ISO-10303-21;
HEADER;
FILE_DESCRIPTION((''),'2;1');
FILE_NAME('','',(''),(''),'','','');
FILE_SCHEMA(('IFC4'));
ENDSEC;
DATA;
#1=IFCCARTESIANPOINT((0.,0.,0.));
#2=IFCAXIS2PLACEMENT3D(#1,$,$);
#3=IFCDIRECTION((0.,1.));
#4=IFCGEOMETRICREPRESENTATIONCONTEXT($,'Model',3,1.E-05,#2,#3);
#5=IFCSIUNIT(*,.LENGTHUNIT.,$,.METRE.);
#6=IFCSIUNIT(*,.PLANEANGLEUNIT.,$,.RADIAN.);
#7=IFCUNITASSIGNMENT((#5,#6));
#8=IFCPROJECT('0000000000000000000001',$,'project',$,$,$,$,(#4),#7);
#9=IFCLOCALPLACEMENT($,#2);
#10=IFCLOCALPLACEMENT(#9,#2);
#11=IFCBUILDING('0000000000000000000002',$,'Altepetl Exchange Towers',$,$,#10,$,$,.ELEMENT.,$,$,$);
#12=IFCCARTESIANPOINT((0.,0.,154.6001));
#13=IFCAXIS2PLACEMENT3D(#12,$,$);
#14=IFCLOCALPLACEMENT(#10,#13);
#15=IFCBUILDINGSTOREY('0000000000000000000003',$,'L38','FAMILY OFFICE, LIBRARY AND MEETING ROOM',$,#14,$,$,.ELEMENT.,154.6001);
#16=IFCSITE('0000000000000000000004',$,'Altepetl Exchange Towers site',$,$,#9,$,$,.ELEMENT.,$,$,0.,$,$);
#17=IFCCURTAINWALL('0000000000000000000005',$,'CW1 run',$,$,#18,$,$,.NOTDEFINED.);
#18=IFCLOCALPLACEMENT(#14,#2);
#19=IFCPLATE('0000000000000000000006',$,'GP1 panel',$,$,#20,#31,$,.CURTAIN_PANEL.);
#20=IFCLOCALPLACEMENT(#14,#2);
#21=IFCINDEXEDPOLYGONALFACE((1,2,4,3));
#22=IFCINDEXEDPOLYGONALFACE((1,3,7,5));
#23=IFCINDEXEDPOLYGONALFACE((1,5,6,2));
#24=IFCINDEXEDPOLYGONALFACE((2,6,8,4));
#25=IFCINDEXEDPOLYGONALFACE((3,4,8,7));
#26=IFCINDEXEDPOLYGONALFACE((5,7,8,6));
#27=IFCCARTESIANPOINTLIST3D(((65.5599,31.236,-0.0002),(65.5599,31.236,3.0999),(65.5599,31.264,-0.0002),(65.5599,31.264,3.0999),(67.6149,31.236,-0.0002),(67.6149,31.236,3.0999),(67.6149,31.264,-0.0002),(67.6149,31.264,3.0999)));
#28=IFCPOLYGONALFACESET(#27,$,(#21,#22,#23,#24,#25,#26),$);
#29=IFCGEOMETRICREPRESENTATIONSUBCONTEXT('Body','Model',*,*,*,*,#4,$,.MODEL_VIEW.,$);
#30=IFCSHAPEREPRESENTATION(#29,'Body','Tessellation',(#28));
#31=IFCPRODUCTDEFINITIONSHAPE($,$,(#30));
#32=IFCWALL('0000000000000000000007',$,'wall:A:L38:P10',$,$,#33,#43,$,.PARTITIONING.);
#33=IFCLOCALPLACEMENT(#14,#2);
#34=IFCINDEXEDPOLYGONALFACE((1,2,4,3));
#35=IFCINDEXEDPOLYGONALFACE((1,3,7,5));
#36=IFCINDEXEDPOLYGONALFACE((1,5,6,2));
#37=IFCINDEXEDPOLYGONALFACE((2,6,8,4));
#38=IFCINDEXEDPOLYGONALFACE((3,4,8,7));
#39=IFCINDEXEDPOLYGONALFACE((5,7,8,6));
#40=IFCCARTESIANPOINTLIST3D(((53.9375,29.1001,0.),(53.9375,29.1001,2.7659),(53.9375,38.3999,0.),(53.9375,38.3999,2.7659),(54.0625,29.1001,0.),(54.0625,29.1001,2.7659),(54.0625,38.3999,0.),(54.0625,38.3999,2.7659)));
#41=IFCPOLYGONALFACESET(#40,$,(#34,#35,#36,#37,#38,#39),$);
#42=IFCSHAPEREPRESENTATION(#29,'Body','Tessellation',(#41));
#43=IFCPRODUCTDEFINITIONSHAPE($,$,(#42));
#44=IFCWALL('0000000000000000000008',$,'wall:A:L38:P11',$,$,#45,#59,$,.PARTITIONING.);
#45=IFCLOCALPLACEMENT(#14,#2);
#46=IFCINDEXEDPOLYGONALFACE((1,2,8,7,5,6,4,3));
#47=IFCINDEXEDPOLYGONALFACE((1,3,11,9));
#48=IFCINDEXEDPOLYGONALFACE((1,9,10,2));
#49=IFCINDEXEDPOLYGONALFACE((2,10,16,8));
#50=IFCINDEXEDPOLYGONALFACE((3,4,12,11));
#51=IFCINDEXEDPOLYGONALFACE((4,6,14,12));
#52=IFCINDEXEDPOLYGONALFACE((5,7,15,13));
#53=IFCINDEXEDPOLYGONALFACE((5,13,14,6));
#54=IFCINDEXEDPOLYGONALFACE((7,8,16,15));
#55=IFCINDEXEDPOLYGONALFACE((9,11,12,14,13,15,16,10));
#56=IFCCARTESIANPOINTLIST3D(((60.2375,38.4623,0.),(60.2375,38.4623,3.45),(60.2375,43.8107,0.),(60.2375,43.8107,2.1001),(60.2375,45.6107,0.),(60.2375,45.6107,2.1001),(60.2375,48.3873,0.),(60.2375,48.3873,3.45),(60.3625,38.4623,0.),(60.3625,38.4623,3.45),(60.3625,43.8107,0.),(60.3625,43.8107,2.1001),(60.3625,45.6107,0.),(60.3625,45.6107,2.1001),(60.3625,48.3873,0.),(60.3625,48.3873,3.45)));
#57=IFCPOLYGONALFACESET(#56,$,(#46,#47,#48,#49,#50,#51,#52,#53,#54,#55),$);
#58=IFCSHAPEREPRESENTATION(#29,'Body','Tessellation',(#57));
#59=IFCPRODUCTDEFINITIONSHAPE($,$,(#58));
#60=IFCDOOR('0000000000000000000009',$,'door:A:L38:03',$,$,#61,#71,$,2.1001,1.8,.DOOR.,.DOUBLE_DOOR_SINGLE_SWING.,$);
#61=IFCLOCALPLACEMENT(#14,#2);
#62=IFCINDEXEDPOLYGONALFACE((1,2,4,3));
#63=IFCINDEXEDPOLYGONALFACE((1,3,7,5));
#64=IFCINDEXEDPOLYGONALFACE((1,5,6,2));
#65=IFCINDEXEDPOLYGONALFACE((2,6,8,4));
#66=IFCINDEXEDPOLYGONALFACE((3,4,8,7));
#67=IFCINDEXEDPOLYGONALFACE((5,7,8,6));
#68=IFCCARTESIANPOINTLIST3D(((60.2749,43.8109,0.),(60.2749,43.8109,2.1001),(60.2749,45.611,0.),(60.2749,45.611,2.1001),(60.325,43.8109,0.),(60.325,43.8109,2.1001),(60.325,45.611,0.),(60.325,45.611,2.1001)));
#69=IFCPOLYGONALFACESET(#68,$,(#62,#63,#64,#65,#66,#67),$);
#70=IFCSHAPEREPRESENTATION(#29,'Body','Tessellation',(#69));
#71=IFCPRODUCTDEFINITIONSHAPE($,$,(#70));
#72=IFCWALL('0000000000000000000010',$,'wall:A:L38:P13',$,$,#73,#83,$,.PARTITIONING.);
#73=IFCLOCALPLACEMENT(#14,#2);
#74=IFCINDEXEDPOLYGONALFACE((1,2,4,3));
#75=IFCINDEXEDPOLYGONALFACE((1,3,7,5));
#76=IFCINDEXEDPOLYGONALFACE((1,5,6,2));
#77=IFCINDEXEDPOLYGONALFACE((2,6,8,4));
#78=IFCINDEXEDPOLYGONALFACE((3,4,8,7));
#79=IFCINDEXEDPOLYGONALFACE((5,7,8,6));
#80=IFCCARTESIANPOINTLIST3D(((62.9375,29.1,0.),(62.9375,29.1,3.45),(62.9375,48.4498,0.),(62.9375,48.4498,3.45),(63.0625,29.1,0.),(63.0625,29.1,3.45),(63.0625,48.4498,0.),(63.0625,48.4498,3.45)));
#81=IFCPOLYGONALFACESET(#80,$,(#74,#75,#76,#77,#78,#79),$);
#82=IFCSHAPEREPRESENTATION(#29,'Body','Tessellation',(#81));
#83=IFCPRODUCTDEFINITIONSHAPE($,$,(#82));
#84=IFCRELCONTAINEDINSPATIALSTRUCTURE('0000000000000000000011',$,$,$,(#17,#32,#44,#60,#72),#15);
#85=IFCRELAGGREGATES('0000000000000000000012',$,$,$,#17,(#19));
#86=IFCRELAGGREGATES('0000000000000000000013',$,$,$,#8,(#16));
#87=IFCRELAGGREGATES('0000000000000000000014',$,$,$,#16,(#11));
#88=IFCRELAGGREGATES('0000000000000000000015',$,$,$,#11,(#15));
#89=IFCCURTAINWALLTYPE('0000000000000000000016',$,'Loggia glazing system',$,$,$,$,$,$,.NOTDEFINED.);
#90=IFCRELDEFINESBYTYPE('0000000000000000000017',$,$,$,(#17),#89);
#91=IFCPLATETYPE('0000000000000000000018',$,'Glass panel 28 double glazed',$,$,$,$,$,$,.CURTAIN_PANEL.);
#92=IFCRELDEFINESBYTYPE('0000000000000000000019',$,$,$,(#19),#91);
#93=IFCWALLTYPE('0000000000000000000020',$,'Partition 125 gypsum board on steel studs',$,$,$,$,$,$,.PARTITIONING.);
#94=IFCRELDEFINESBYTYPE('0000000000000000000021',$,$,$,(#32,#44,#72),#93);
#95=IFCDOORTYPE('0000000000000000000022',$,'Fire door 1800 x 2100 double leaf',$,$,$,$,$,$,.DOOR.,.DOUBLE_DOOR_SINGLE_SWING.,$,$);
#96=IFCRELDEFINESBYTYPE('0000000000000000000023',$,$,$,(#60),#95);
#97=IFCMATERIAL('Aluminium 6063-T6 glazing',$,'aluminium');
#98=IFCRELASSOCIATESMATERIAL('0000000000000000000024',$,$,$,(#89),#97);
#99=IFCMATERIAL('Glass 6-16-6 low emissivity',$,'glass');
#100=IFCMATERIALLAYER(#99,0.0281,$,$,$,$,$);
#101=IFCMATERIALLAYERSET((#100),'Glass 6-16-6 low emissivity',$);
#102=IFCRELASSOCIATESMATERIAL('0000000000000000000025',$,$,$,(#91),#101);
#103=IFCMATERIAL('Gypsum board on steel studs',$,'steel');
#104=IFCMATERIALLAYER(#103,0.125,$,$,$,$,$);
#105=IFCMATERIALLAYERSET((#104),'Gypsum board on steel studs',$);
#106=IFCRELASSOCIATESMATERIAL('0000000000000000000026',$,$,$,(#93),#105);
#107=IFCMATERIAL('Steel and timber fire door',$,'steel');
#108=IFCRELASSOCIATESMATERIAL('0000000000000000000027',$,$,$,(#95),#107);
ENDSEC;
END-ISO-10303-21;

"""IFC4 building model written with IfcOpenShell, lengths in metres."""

from ifc_helpers import new_model, si_unit, direction, frame, frame_2d, origin, origin_2d, place, context, subcontext, project, spatial, rectangle, extrude, material, layer, layer_set, type_object, element, fill, aggregate, save


model = new_model("IFC4")

# Units and contexts
model_context = context("Model", 3, precision=1e-05, world=origin(), true_north=direction((0.0, 1.0)))
body_context = subcontext(model_context, "Body", "Model", "MODEL_VIEW")
ifc_project = project(units=[si_unit("LENGTHUNIT", "METRE"), si_unit("PLANEANGLEUNIT", "RADIAN")], contexts=[model_context])

# Site, building, storey
site_placement = place(None, origin())
site = spatial("IfcSite", under=ifc_project, at=site_placement, Name="Altepetl Exchange Towers site", CompositionType="ELEMENT", RefElevation=0.0)
building_placement = place(site_placement, origin())
building = spatial("IfcBuilding", under=site, at=building_placement, Name="Altepetl Exchange Towers", CompositionType="ELEMENT")
storey_placement = place(building_placement, frame((0.0, 0.0, 154.6001)))
storey = spatial("IfcBuildingStorey", under=building, at=storey_placement, Name="L38", Description="FAMILY OFFICE, LIBRARY AND MEETING ROOM", CompositionType="ELEMENT", Elevation=154.6001)

# Shared definitions
ifc_material_1 = material(Name="Aluminium 6063-T6 glazing", Category="aluminium")
curtain_wall_type = type_object("IfcCurtainWallType", Name="Loggia glazing system", PredefinedType="NOTDEFINED", material=ifc_material_1)

# Curtain wall
curtain_wall_1_placement = place(storey_placement, origin())
curtain_wall_1 = element("IfcCurtainWall", 1, at=curtain_wall_1_placement, inside=storey, type_object=curtain_wall_type, Name="CW1 run", PredefinedType="NOTDEFINED")

# Plate
ifc_material_2 = material(Name="Glass 6-16-6 low emissivity", Category="glass")
ifc_layer_1 = layer(ifc_material_2, 0.0281)
ifc_layer_set_1 = layer_set([ifc_layer_1], Name="Glass 6-16-6 low emissivity")
plate_type = type_object("IfcPlateType", Name="Glass panel 28 double glazed", PredefinedType="CURTAIN_PANEL", material=ifc_layer_set_1)
plate_1_placement = place(storey_placement, frame((66.5874, 31.25, -0.0002)))
plate_1 = element("IfcPlate", 2, at=plate_1_placement, type_object=plate_type, Name="GP1 panel", PredefinedType="CURTAIN_PANEL", context=body_context, shape_type="SweptSolid", body=[
    extrude(rectangle(XDim=2.0549, YDim=0.0281, at=origin_2d()), origin(), (0.0, 0.0, 1.0), 3.1001),
])
aggregate(curtain_wall_1, [plate_1])

# Wall
ifc_material_3 = material(Name="Gypsum board on steel studs", Category="steel")
ifc_layer_2 = layer(ifc_material_3, 0.125)
ifc_layer_set_2 = layer_set([ifc_layer_2], Name="Gypsum board on steel studs")
wall_type = type_object("IfcWallType", Name="Partition 125 gypsum board on steel studs", PredefinedType="PARTITIONING", material=ifc_layer_set_2)
wall_1_placement = place(storey_placement, frame((54.0, 29.1001, 0.0), z_axis=(0.0, 0.0, 1.0), x_axis=(0.0, 1.0, 0.0)))
element("IfcWall", 3, at=wall_1_placement, inside=storey, type_object=wall_type, Name="wall:A:L38:P10", PredefinedType="PARTITIONING", context=body_context, shape_type="SweptSolid", body=[
    extrude(rectangle(XDim=9.2998, YDim=0.125, at=frame_2d((4.6499, 0.0))), origin(), (0.0, 0.0, 1.0), 2.7659),
])

# Wall, opening, door
wall_2_placement = place(storey_placement, frame((60.3, 38.4624, 0.0), z_axis=(0.0, 0.0, 1.0), x_axis=(0.0, 1.0, 0.0)))
wall_2 = element("IfcWall", 4, at=wall_2_placement, inside=storey, type_object=wall_type, Name="wall:A:L38:P11", PredefinedType="PARTITIONING", context=body_context, shape_type="SweptSolid", body=[
    extrude(rectangle(XDim=9.925, YDim=0.125, at=frame_2d((4.9624, 0.0))), origin(), (0.0, 0.0, 1.0), 3.45),
])
opening_placement = place(wall_2_placement, frame((5.3484, 0.0, 0.0)))
opening = element("IfcOpeningElement", 5, at=opening_placement, cuts=wall_2, PredefinedType="OPENING", context=body_context, shape_type="SweptSolid", body=[
    extrude(rectangle(XDim=1.8, YDim=2.1001, at=frame_2d((0.8999, 1.05))), frame((0.0, 0.0725, 0.0), z_axis=(0.0, -1.0, 0.0), x_axis=(1.0, 0.0, 0.0)), (0.0, 0.0, 1.0), 0.145),
])
ifc_material_4 = material(Name="Steel and timber fire door", Category="steel")
door_type = type_object("IfcDoorType", Name="Fire door 1800 x 2100 double leaf", OperationType="DOUBLE_DOOR_SINGLE_SWING", PredefinedType="DOOR", material=ifc_material_4)
door_placement = place(opening_placement, frame((1.8, 0.0, 0.0), x_axis=(-1.0, 0.0, 0.0)))
door = element("IfcDoor", 6, at=door_placement, inside=storey, type_object=door_type, Name="door:A:L38:03", OperationType="DOUBLE_DOOR_SINGLE_SWING", OverallHeight=2.1001, OverallWidth=1.8, PredefinedType="DOOR", context=body_context, shape_type="SweptSolid", body=[
    extrude(rectangle(XDim=1.8, YDim=2.1001, at=frame_2d((0.8999, 1.05))), frame((0.0, 0.0249, 0.0), z_axis=(0.0, -1.0, 0.0), x_axis=(1.0, 0.0, 0.0)), (0.0, 0.0, 1.0), 0.05),
])
fill(opening, door)

# Wall
wall_3_placement = place(storey_placement, frame((63.0, 29.1001, 0.0), z_axis=(0.0, 0.0, 1.0), x_axis=(0.0, 1.0, 0.0)))
element("IfcWall", 7, at=wall_3_placement, inside=storey, type_object=wall_type, Name="wall:A:L38:P13", PredefinedType="PARTITIONING", context=body_context, shape_type="SweptSolid", body=[
    extrude(rectangle(XDim=19.3499, YDim=0.125, at=frame_2d((9.6748, 0.0))), origin(), (0.0, 0.0, 1.0), 3.45),
])

save(model, "model.ifc")
